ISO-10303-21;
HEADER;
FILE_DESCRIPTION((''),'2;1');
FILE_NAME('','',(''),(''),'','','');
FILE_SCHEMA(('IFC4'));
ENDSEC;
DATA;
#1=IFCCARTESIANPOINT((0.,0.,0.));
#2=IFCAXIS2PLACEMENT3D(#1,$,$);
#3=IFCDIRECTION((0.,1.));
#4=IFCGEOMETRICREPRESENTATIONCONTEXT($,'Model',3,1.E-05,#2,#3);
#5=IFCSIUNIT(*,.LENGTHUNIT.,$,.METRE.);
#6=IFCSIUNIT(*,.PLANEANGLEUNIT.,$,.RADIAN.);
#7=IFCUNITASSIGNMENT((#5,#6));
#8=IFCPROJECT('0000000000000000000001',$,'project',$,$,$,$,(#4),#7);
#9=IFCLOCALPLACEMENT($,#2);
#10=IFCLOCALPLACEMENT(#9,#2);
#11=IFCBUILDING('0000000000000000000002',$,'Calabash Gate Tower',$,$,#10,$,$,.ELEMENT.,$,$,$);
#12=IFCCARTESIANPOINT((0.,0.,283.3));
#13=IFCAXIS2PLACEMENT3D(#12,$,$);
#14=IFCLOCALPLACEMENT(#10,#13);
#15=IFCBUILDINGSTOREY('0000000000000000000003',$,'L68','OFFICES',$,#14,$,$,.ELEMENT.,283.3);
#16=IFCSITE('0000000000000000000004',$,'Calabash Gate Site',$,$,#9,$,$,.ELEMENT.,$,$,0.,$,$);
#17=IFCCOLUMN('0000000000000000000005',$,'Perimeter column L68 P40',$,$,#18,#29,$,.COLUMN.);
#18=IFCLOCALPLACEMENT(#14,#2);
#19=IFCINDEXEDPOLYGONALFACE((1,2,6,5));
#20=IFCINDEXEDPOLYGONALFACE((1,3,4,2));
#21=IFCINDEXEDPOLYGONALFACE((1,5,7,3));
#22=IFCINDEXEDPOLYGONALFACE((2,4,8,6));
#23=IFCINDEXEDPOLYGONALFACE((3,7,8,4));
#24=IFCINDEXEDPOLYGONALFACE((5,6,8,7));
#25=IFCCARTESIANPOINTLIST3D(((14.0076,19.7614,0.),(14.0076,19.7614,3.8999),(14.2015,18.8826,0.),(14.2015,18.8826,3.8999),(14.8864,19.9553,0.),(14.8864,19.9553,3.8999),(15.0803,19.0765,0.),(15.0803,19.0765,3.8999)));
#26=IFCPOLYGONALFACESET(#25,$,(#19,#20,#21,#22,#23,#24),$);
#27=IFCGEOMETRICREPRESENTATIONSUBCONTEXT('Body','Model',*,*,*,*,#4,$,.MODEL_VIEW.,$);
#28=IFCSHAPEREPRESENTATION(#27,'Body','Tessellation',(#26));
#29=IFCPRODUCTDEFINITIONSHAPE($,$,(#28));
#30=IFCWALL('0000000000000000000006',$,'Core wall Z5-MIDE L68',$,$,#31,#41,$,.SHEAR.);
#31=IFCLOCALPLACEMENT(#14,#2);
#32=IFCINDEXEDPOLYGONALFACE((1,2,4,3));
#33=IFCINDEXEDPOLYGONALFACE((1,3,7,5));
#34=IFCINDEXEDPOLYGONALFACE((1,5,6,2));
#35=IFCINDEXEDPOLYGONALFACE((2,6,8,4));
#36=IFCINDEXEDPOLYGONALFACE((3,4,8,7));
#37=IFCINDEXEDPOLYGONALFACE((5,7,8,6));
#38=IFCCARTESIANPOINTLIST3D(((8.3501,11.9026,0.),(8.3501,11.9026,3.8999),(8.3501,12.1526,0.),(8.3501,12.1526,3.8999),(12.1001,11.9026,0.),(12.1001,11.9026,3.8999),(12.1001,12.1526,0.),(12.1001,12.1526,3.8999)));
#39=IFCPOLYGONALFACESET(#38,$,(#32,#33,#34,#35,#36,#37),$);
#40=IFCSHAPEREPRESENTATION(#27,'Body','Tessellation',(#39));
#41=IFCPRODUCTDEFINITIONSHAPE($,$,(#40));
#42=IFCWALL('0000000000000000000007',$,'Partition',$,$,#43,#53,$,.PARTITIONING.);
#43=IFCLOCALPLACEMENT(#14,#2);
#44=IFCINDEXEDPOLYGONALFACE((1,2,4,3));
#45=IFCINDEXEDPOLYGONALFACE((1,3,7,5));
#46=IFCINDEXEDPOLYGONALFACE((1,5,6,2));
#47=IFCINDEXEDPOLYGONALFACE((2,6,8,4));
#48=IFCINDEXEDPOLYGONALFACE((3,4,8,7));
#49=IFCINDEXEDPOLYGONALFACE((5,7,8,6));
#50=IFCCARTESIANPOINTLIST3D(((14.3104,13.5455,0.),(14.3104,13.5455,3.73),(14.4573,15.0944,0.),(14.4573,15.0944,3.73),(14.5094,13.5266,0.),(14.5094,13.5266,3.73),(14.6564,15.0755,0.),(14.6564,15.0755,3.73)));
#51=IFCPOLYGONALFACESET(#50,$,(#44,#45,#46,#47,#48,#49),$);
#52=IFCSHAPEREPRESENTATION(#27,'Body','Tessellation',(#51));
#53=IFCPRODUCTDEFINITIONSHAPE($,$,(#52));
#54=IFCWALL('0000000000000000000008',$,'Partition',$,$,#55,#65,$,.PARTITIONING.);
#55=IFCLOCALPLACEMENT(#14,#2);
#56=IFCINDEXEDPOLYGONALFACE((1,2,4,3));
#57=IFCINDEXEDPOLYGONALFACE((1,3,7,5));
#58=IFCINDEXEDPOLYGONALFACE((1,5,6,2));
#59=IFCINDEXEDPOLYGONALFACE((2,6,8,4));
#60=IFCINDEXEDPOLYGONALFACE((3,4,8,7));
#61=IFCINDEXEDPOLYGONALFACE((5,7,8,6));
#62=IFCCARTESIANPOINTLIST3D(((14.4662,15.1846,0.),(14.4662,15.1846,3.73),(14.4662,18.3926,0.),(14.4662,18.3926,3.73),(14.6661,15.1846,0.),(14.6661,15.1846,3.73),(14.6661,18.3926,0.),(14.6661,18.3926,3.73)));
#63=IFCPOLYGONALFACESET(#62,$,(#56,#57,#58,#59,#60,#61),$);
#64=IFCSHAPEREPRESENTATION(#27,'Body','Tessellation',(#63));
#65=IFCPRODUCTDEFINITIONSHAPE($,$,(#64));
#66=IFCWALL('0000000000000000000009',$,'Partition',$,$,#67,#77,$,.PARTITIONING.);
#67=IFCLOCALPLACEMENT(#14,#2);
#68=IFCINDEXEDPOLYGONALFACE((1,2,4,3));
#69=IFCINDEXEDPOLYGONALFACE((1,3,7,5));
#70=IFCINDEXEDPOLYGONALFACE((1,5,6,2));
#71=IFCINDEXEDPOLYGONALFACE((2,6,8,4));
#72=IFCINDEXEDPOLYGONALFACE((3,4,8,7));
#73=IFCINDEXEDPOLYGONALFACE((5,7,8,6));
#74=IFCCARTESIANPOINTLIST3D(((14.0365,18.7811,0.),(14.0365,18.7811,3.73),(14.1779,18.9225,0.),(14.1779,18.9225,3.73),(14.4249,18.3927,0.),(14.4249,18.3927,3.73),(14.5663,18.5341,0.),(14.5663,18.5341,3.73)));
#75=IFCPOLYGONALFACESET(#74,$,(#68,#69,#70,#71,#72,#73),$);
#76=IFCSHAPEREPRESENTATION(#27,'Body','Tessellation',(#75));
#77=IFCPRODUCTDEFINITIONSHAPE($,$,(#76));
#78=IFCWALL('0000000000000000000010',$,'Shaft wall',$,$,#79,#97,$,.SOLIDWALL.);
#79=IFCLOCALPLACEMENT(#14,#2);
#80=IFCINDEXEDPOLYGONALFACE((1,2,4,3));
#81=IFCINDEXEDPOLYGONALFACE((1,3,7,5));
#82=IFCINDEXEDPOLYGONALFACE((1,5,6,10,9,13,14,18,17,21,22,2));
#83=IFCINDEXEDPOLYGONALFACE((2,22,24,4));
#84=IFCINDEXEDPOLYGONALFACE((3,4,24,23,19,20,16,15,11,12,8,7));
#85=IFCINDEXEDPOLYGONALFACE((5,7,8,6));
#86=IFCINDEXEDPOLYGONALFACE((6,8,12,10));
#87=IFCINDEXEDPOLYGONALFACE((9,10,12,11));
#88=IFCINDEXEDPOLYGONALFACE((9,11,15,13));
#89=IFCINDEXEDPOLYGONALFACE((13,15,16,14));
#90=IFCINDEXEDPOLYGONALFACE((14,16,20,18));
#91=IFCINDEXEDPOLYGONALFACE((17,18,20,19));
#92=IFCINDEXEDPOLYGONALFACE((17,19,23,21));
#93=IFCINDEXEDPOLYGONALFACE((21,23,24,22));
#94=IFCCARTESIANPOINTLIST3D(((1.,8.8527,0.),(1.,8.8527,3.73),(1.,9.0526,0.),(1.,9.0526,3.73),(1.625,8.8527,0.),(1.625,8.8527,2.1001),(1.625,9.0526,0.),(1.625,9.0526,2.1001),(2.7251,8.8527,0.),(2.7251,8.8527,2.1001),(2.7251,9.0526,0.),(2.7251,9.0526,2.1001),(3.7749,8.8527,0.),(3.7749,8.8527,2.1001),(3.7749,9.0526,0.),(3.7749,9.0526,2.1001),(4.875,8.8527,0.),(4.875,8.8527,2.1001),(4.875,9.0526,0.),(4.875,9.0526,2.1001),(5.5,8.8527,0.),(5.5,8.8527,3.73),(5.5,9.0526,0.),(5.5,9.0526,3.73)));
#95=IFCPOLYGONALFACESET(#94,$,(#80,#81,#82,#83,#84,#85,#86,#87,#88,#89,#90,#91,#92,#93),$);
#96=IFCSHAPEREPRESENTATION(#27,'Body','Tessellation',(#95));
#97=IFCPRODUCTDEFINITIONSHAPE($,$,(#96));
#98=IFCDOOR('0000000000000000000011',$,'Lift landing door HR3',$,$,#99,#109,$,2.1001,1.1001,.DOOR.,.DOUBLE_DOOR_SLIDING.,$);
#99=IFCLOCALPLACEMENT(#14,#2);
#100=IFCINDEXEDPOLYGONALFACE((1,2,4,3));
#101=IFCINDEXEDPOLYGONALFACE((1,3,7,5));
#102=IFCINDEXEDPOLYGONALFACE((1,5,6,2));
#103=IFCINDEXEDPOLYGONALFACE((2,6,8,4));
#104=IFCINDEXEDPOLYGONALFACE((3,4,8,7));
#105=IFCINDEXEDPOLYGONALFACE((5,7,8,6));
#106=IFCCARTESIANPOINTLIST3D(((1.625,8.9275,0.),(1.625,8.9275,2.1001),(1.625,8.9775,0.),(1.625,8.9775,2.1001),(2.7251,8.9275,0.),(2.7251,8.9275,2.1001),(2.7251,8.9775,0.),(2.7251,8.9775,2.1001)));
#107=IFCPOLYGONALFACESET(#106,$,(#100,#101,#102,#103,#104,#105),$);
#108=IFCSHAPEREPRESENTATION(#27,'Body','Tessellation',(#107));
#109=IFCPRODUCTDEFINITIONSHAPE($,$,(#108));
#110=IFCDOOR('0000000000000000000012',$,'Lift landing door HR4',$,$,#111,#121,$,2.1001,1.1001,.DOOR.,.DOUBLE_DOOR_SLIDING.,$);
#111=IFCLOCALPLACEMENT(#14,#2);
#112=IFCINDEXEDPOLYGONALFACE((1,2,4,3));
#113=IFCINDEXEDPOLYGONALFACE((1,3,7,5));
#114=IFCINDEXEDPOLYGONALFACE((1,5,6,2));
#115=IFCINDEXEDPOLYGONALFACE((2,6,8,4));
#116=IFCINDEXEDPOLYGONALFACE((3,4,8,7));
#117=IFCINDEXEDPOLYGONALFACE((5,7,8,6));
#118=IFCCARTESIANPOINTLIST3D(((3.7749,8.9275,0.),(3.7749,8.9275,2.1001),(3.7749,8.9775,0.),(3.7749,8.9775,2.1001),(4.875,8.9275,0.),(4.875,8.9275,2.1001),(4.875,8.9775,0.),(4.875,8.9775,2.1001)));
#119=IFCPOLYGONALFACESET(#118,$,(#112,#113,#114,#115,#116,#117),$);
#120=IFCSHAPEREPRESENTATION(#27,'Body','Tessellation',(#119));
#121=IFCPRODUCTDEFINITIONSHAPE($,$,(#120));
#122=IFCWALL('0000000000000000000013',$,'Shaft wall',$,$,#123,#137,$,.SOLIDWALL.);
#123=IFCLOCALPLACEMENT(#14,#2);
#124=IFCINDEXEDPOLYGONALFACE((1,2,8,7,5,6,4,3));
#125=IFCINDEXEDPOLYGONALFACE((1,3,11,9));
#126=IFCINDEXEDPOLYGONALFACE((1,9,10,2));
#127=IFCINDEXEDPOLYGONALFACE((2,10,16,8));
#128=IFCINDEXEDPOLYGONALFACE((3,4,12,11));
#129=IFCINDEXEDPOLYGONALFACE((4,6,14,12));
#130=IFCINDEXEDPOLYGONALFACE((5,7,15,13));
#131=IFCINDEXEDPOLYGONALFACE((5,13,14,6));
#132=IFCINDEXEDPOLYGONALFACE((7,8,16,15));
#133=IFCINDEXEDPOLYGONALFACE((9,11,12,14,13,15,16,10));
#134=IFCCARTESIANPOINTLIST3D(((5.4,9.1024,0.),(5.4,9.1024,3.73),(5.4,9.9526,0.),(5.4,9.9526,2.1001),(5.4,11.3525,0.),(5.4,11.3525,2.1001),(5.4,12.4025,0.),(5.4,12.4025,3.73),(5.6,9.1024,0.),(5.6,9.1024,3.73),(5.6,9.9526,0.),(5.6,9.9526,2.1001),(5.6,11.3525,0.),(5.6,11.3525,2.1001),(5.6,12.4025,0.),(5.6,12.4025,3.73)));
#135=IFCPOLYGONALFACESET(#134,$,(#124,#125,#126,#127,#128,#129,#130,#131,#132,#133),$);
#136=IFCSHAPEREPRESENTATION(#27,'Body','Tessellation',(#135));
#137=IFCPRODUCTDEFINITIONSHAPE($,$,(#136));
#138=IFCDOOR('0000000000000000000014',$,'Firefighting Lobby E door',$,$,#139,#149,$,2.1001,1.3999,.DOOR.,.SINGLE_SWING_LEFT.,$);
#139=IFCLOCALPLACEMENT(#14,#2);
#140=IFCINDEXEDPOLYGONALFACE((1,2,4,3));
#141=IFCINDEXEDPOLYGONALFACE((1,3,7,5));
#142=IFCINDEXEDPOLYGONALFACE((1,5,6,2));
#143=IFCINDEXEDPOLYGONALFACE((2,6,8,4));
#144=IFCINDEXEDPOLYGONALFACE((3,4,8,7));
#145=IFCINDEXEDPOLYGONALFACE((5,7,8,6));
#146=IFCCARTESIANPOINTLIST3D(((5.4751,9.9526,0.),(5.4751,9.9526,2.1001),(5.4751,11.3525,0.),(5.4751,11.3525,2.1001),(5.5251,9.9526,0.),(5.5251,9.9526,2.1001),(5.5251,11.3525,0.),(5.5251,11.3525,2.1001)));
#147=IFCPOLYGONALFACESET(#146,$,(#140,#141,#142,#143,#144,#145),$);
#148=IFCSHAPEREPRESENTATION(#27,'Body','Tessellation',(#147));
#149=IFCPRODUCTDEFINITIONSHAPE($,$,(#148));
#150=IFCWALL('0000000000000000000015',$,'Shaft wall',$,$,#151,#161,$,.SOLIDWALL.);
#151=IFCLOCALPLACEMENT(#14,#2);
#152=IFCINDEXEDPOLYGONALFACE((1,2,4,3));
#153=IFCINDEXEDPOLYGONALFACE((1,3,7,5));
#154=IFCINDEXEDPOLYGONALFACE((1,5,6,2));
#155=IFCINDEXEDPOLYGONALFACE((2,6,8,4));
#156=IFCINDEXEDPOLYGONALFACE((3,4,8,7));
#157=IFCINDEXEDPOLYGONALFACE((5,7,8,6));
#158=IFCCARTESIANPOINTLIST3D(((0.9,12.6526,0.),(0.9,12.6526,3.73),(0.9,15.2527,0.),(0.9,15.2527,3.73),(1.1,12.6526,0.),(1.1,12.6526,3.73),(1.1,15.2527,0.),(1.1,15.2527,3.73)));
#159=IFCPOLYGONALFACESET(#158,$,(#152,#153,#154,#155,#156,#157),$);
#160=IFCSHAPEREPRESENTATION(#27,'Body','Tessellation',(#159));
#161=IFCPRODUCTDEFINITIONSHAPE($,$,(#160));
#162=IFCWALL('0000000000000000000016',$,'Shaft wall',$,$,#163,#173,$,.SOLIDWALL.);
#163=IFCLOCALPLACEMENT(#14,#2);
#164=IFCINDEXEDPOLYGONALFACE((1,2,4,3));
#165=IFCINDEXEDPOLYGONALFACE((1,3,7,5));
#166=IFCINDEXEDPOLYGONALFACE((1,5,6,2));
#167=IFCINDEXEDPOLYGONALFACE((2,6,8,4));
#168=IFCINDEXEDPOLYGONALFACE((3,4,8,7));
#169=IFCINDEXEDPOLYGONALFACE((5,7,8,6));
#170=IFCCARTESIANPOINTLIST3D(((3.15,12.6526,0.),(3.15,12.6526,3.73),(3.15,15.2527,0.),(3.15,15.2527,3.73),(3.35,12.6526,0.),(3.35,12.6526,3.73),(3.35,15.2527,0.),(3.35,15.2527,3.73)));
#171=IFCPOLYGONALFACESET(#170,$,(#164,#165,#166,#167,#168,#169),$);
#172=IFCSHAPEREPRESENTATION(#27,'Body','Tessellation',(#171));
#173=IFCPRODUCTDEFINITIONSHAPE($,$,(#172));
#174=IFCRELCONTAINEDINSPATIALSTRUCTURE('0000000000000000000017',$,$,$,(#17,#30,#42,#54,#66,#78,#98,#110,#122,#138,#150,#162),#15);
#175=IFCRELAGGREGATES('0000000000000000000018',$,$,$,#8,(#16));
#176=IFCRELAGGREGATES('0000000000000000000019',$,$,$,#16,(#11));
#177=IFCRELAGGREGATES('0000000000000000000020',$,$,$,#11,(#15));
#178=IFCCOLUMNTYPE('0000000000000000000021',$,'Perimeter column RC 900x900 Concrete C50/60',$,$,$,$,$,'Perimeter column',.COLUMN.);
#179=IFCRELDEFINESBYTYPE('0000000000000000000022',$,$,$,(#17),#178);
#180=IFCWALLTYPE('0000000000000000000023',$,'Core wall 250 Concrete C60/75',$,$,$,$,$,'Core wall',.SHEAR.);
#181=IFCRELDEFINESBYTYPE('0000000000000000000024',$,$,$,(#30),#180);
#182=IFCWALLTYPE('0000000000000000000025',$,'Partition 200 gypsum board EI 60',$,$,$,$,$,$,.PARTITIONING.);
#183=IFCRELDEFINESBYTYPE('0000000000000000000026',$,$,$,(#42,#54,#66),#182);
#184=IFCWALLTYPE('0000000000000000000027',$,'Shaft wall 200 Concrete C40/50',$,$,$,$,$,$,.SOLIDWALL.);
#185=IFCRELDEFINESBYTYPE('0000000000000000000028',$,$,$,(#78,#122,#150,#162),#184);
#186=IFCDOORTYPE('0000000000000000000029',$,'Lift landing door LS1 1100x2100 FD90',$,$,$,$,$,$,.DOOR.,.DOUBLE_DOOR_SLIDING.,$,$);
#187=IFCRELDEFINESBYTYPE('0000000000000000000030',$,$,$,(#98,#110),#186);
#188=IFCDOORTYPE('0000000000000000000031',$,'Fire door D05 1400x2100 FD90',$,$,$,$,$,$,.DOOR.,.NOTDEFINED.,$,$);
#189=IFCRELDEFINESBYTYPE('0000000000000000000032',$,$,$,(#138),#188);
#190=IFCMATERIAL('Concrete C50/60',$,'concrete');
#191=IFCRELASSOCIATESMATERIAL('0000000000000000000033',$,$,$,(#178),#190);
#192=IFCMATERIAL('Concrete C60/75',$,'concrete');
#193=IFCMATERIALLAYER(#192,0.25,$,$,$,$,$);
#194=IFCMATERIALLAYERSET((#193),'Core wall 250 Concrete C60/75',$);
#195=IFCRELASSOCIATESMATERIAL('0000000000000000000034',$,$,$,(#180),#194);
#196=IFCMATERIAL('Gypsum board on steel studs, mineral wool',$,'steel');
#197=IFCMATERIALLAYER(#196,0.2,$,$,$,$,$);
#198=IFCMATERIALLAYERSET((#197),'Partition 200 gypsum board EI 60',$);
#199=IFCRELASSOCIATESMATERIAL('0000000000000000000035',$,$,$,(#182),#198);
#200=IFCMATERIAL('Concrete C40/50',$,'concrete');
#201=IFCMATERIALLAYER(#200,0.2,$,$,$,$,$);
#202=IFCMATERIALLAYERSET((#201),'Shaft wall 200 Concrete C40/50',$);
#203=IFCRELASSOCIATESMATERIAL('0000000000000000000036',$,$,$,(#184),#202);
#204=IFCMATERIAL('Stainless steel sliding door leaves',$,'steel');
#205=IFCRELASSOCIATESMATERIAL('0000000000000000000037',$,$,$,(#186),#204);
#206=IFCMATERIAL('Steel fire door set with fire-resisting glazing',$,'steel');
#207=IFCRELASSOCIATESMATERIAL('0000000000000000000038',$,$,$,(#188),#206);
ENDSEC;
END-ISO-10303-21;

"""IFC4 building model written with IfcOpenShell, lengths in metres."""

from ifc_helpers import new_model, si_unit, direction, frame, frame_2d, origin, origin_2d, place, context, subcontext, project, spatial, rectangle, extrude, material, layer, layer_set, material_profile, profile_set, type_object, element, fill, save


model = new_model("IFC4")

# Units and contexts
model_context = context("Model", 3, precision=1e-05, world=origin(), true_north=direction((0.0, 1.0)))
body_context = subcontext(model_context, "Body", "Model", "MODEL_VIEW")
ifc_project = project(units=[si_unit("LENGTHUNIT", "METRE"), si_unit("PLANEANGLEUNIT", "RADIAN")], contexts=[model_context])

# Site, building, storey
site_placement = place(None, origin())
site = spatial("IfcSite", under=ifc_project, at=site_placement, Name="Calabash Gate Site", CompositionType="ELEMENT", RefElevation=0.0)
building_placement = place(site_placement, origin())
building = spatial("IfcBuilding", under=site, at=building_placement, Name="Calabash Gate Tower", CompositionType="ELEMENT")
storey_placement = place(building_placement, frame((0.0, 0.0, 283.3)))
storey = spatial("IfcBuildingStorey", under=building, at=storey_placement, Name="L68", Description="OFFICES", CompositionType="ELEMENT", Elevation=283.3)

# Column
ifc_material_1 = material(Name="Concrete C50/60", Category="concrete")
ifc_material_profile = material_profile(ifc_material_1, rectangle(XDim=0.8999, YDim=0.8999, at=origin_2d()))
ifc_profile_set = profile_set([ifc_material_profile], Name="Concrete C50/60")
column_type = type_object("IfcColumnType", Name="Perimeter column RC 900x900 Concrete C50/60", ElementType="Perimeter column", PredefinedType="COLUMN", material=ifc_profile_set)
column_placement = place(storey_placement, frame((14.5439, 19.4189, 0.0), z_axis=(0.0, 0.0, 1.0), x_axis=(-0.976511, -0.215468, 0.0)))
element("IfcColumn", 1, at=column_placement, inside=storey, type_object=column_type, Name="Perimeter column L68 P40", PredefinedType="COLUMN", context=body_context, shape_type="SweptSolid", body=[
    extrude(rectangle(XDim=0.8999, YDim=0.8999, at=origin_2d()), origin(), (0.0, 0.0, 1.0), 3.8999),
])

# Walls
ifc_material_2 = material(Name="Concrete C60/75", Category="concrete")
ifc_layer_1 = layer(ifc_material_2, 0.25)
ifc_layer_set_1 = layer_set([ifc_layer_1], Name="Core wall 250 Concrete C60/75")
wall_type_1 = type_object("IfcWallType", Name="Core wall 250 Concrete C60/75", ElementType="Core wall", PredefinedType="SHEAR", material=ifc_layer_set_1)
wall_1_placement = place(storey_placement, frame((8.3501, 12.0276, 0.0), z_axis=(0.0, 0.0, 1.0), x_axis=(1.0, 0.0, 0.0)))
element("IfcWall", 2, at=wall_1_placement, inside=storey, type_object=wall_type_1, Name="Core wall Z5-MIDE L68", PredefinedType="SHEAR", context=body_context, shape_type="SweptSolid", body=[
    extrude(rectangle(XDim=3.75, YDim=0.25, at=frame_2d((1.875, 0.0))), origin(), (0.0, 0.0, 1.0), 3.8999),
])
ifc_material_3 = material(Name="Gypsum board on steel studs, mineral wool", Category="steel")
ifc_layer_2 = layer(ifc_material_3, 0.2)
ifc_layer_set_2 = layer_set([ifc_layer_2], Name="Partition 200 gypsum board EI 60")
wall_type_2 = type_object("IfcWallType", Name="Partition 200 gypsum board EI 60", PredefinedType="PARTITIONING", material=ifc_layer_set_2)
wall_2_placement = place(storey_placement, frame((14.4099, 13.5361, 0.0), z_axis=(0.0, 0.0, 1.0), x_axis=(0.094454, 0.995529, 0.0)))
element("IfcWall", 3, at=wall_2_placement, inside=storey, type_object=wall_type_2, Name="Partition", PredefinedType="PARTITIONING", context=body_context, shape_type="SweptSolid", body=[
    extrude(rectangle(XDim=1.5559, YDim=0.2, at=frame_2d((0.7778, 0.0))), origin(), (0.0, 0.0, 1.0), 3.73),
])
wall_3_placement = place(storey_placement, frame((14.5662, 18.3926, 0.0), z_axis=(0.0, 0.0, 1.0), x_axis=(0.0, -1.0, 0.0)))
element("IfcWall", 4, at=wall_3_placement, inside=storey, type_object=wall_type_2, Name="Partition", PredefinedType="PARTITIONING", context=body_context, shape_type="SweptSolid", body=[
    extrude(rectangle(XDim=3.208, YDim=0.2, at=frame_2d((1.604, 0.0))), origin(), (0.0, 0.0, 1.0), 3.73),
])
wall_4_placement = place(storey_placement, frame((14.1072, 18.8518, 0.0), z_axis=(0.0, 0.0, 1.0), x_axis=(0.707107, -0.707107, 0.0)))
element("IfcWall", 5, at=wall_4_placement, inside=storey, type_object=wall_type_2, Name="Partition", PredefinedType="PARTITIONING", context=body_context, shape_type="SweptSolid", body=[
    extrude(rectangle(XDim=0.5493, YDim=0.2, at=frame_2d((0.2747, 0.0))), origin(), (0.0, 0.0, 1.0), 3.73),
])

# Wall, openings, doors
ifc_material_4 = material(Name="Concrete C40/50", Category="concrete")
ifc_layer_3 = layer(ifc_material_4, 0.2)
ifc_layer_set_3 = layer_set([ifc_layer_3], Name="Shaft wall 200 Concrete C40/50")
wall_type_3 = type_object("IfcWallType", Name="Shaft wall 200 Concrete C40/50", PredefinedType="SOLIDWALL", material=ifc_layer_set_3)
wall_5_placement = place(storey_placement, frame((1.0, 8.9526, 0.0), z_axis=(0.0, 0.0, 1.0), x_axis=(1.0, 0.0, 0.0)))
wall_5 = element("IfcWall", 6, at=wall_5_placement, inside=storey, type_object=wall_type_3, Name="Shaft wall", PredefinedType="SOLIDWALL", context=body_context, shape_type="SweptSolid", body=[
    extrude(rectangle(XDim=4.5, YDim=0.2, at=frame_2d((2.25, 0.0))), origin(), (0.0, 0.0, 1.0), 3.73),
])
opening_1_placement = place(wall_5_placement, frame((0.625, 0.0, 0.0)))
opening_1 = element("IfcOpeningElement", 7, at=opening_1_placement, cuts=wall_5, PredefinedType="OPENING", context=body_context, shape_type="SweptSolid", body=[
    extrude(rectangle(XDim=1.1001, YDim=2.1001, at=frame_2d((0.55, 1.05))), frame((0.0, 0.1099, 0.0), z_axis=(0.0, -1.0, 0.0), x_axis=(1.0, 0.0, 0.0)), (0.0, 0.0, 1.0), 0.22),
])
opening_2_placement = place(wall_5_placement, frame((2.7749, 0.0, 0.0)))
opening_2 = element("IfcOpeningElement", 8, at=opening_2_placement, cuts=wall_5, PredefinedType="OPENING", context=body_context, shape_type="SweptSolid", body=[
    extrude(rectangle(XDim=1.1001, YDim=2.1001, at=frame_2d((0.55, 1.05))), frame((0.0, 0.1099, 0.0), z_axis=(0.0, -1.0, 0.0), x_axis=(1.0, 0.0, 0.0)), (0.0, 0.0, 1.0), 0.22),
])
ifc_material_5 = material(Name="Stainless steel sliding door leaves", Category="steel")
door_type_1 = type_object("IfcDoorType", Name="Lift landing door LS1 1100x2100 FD90", OperationType="DOUBLE_DOOR_SLIDING", PredefinedType="DOOR", material=ifc_material_5)
door_1_placement = place(opening_1_placement, origin())
door_1 = element("IfcDoor", 9, at=door_1_placement, inside=storey, type_object=door_type_1, Name="Lift landing door HR3", OperationType="DOUBLE_DOOR_SLIDING", OverallHeight=2.1001, OverallWidth=1.1001, PredefinedType="DOOR", context=body_context, shape_type="SweptSolid", body=[
    extrude(rectangle(XDim=1.1001, YDim=2.1001, at=frame_2d((0.55, 1.05))), frame((0.0, 0.0249, 0.0), z_axis=(0.0, -1.0, 0.0), x_axis=(1.0, 0.0, 0.0)), (0.0, 0.0, 1.0), 0.05),
])
fill(opening_1, door_1)
door_2_placement = place(opening_2_placement, origin())
door_2 = element("IfcDoor", 10, at=door_2_placement, inside=storey, type_object=door_type_1, Name="Lift landing door HR4", OperationType="DOUBLE_DOOR_SLIDING", OverallHeight=2.1001, OverallWidth=1.1001, PredefinedType="DOOR", context=body_context, shape_type="SweptSolid", body=[
    extrude(rectangle(XDim=1.1001, YDim=2.1001, at=frame_2d((0.55, 1.05))), frame((0.0, 0.0249, 0.0), z_axis=(0.0, -1.0, 0.0), x_axis=(1.0, 0.0, 0.0)), (0.0, 0.0, 1.0), 0.05),
])
fill(opening_2, door_2)

# Wall, opening, door
wall_6_placement = place(storey_placement, frame((5.5, 9.1025, 0.0), z_axis=(0.0, 0.0, 1.0), x_axis=(0.0, 1.0, 0.0)))
wall_6 = element("IfcWall", 11, at=wall_6_placement, inside=storey, type_object=wall_type_3, Name="Shaft wall", PredefinedType="SOLIDWALL", context=body_context, shape_type="SweptSolid", body=[
    extrude(rectangle(XDim=3.3, YDim=0.2, at=frame_2d((1.6499, 0.0))), origin(), (0.0, 0.0, 1.0), 3.73),
])
opening_3_placement = place(wall_6_placement, frame((0.8501, 0.0, 0.0)))
opening_3 = element("IfcOpeningElement", 12, at=opening_3_placement, cuts=wall_6, PredefinedType="OPENING", context=body_context, shape_type="SweptSolid", body=[
    extrude(rectangle(XDim=1.3999, YDim=2.1001, at=frame_2d((0.7, 1.05))), frame((0.0, 0.1099, 0.0), z_axis=(0.0, -1.0, 0.0), x_axis=(1.0, 0.0, 0.0)), (0.0, 0.0, 1.0), 0.22),
])
ifc_material_6 = material(Name="Steel fire door set with fire-resisting glazing", Category="steel")
door_type_2 = type_object("IfcDoorType", Name="Fire door D05 1400x2100 FD90", OperationType="NOTDEFINED", PredefinedType="DOOR", material=ifc_material_6)
door_3_placement = place(opening_3_placement, origin())
door_3 = element("IfcDoor", 13, at=door_3_placement, inside=storey, type_object=door_type_2, Name="Firefighting Lobby E door", OperationType="SINGLE_SWING_LEFT", OverallHeight=2.1001, OverallWidth=1.3999, PredefinedType="DOOR", context=body_context, shape_type="SweptSolid", body=[
    extrude(rectangle(XDim=1.3999, YDim=2.1001, at=frame_2d((0.7, 1.05))), frame((0.0, 0.0249, 0.0), z_axis=(0.0, -1.0, 0.0), x_axis=(1.0, 0.0, 0.0)), (0.0, 0.0, 1.0), 0.05),
])
fill(opening_3, door_3)

# Walls
for number, where, z_axis, x_axis, name in (
    (14, (1.0, 12.6526, 0.0), (0.0, 0.0, 1.0), (0.0, 1.0, 0.0), "Shaft wall"),
    (15, (3.25, 12.6526, 0.0), (0.0, 0.0, 1.0), (0.0, 1.0, 0.0), "Shaft wall"),
):
    element("IfcWall", number, at=place(storey_placement, frame(where, z_axis=z_axis, x_axis=x_axis)), inside=storey, type_object=wall_type_3, Name=name, PredefinedType="SOLIDWALL", context=body_context, shape_type="SweptSolid", body=[
        extrude(rectangle(XDim=2.6001, YDim=0.2, at=frame_2d((1.3, 0.0))), origin(), (0.0, 0.0, 1.0), 3.73),
    ])

save(model, "model.ifc")
